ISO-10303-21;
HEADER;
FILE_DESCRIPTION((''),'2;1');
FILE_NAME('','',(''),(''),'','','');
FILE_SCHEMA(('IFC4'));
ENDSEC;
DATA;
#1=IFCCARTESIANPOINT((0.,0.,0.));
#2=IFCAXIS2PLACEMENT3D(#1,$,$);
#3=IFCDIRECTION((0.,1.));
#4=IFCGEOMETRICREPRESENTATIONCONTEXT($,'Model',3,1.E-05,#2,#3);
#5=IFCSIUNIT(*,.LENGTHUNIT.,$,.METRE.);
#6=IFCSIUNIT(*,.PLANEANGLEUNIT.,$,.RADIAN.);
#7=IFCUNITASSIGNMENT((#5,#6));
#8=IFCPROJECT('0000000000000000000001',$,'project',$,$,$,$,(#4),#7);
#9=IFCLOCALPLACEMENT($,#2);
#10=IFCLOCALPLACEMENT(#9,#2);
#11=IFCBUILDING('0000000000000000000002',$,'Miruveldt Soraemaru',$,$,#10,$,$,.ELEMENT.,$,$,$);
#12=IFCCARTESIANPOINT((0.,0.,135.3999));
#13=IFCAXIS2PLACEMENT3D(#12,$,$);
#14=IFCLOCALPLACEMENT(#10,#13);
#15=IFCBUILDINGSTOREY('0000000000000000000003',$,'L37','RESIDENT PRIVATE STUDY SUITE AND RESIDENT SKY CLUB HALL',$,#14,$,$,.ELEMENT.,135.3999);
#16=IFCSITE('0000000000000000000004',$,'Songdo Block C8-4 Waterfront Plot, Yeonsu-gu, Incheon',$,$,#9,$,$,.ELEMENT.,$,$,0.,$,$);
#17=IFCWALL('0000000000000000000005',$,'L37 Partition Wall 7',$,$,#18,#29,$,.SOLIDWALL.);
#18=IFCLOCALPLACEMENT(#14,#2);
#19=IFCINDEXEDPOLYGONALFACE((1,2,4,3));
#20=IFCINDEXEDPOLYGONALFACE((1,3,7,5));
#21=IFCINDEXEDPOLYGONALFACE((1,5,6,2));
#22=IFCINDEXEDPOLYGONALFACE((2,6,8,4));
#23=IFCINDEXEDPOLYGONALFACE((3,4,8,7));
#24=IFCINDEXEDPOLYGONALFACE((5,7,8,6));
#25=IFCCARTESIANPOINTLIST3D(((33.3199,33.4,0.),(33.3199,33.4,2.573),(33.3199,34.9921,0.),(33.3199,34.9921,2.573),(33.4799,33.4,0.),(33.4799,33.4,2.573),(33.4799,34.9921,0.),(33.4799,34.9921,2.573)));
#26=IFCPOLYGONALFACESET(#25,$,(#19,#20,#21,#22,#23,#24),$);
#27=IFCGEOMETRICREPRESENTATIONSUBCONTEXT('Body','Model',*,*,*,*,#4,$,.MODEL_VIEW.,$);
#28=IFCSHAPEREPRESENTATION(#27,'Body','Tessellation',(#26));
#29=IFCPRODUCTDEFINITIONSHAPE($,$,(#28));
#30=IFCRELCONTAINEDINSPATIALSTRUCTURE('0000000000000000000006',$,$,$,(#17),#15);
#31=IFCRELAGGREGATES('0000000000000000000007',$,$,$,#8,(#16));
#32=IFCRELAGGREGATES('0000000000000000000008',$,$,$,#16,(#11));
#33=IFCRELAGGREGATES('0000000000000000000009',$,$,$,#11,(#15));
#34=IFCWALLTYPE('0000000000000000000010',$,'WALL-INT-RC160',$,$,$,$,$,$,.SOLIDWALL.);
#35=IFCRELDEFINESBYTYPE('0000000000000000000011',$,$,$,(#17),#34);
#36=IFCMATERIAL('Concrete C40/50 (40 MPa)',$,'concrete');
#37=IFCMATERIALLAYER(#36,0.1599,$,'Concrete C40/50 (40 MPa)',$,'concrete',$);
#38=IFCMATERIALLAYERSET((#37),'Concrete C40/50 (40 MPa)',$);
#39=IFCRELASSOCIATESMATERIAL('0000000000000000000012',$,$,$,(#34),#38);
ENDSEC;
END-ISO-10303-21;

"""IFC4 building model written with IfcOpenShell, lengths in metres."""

from ifc_helpers import new_model, si_unit, direction, frame, frame_2d, origin, place, context, subcontext, project, spatial, rectangle, extrude, material, layer, layer_set, type_object, element, save


model = new_model("IFC4")

# Units and contexts
model_context = context("Model", 3, precision=1e-05, world=origin(), true_north=direction((0.0, 1.0)))
body_context = subcontext(model_context, "Body", "Model", "MODEL_VIEW")
ifc_project = project(units=[si_unit("LENGTHUNIT", "METRE"), si_unit("PLANEANGLEUNIT", "RADIAN")], contexts=[model_context])

# Site, building, storey
site_placement = place(None, origin())
site = spatial("IfcSite", under=ifc_project, at=site_placement, Name="Songdo Block C8-4 Waterfront Plot, Yeonsu-gu, Incheon", CompositionType="ELEMENT", RefElevation=0.0)
building_placement = place(site_placement, origin())
building = spatial("IfcBuilding", under=site, at=building_placement, Name="Miruveldt Soraemaru", CompositionType="ELEMENT")
storey_placement = place(building_placement, frame((0.0, 0.0, 135.3999)))
storey = spatial("IfcBuildingStorey", under=building, at=storey_placement, Name="L37", Description="RESIDENT PRIVATE STUDY SUITE AND RESIDENT SKY CLUB HALL", CompositionType="ELEMENT", Elevation=135.3999)

# Wall
ifc_material_1 = material(Name="Concrete C40/50 (40 MPa)", Category="concrete")
ifc_layer_1 = layer(ifc_material_1, 0.1599, Name="Concrete C40/50 (40 MPa)", Category="concrete")
ifc_layer_set_1 = layer_set([ifc_layer_1], Name="Concrete C40/50 (40 MPa)")
wall_type_1 = type_object("IfcWallType", Name="WALL-INT-RC160", PredefinedType="SOLIDWALL", material=ifc_layer_set_1)
wall_1_placement = place(storey_placement, frame((33.3999, 34.9919, 0.0), z_axis=(0.0, 0.0, 1.0), x_axis=(0.0, -1.0, 0.0)))
element("IfcWall", 1, at=wall_1_placement, inside=storey, type_object=wall_type_1, Name="L37 Partition Wall 7", PredefinedType="SOLIDWALL", context=body_context, shape_type="SweptSolid", body=[
    extrude(rectangle(XDim=1.592, YDim=0.1599, at=frame_2d((0.7959, 0.0))), origin(), (0.0, 0.0, 1.0), 2.573),
])

save(model, "model.ifc")
